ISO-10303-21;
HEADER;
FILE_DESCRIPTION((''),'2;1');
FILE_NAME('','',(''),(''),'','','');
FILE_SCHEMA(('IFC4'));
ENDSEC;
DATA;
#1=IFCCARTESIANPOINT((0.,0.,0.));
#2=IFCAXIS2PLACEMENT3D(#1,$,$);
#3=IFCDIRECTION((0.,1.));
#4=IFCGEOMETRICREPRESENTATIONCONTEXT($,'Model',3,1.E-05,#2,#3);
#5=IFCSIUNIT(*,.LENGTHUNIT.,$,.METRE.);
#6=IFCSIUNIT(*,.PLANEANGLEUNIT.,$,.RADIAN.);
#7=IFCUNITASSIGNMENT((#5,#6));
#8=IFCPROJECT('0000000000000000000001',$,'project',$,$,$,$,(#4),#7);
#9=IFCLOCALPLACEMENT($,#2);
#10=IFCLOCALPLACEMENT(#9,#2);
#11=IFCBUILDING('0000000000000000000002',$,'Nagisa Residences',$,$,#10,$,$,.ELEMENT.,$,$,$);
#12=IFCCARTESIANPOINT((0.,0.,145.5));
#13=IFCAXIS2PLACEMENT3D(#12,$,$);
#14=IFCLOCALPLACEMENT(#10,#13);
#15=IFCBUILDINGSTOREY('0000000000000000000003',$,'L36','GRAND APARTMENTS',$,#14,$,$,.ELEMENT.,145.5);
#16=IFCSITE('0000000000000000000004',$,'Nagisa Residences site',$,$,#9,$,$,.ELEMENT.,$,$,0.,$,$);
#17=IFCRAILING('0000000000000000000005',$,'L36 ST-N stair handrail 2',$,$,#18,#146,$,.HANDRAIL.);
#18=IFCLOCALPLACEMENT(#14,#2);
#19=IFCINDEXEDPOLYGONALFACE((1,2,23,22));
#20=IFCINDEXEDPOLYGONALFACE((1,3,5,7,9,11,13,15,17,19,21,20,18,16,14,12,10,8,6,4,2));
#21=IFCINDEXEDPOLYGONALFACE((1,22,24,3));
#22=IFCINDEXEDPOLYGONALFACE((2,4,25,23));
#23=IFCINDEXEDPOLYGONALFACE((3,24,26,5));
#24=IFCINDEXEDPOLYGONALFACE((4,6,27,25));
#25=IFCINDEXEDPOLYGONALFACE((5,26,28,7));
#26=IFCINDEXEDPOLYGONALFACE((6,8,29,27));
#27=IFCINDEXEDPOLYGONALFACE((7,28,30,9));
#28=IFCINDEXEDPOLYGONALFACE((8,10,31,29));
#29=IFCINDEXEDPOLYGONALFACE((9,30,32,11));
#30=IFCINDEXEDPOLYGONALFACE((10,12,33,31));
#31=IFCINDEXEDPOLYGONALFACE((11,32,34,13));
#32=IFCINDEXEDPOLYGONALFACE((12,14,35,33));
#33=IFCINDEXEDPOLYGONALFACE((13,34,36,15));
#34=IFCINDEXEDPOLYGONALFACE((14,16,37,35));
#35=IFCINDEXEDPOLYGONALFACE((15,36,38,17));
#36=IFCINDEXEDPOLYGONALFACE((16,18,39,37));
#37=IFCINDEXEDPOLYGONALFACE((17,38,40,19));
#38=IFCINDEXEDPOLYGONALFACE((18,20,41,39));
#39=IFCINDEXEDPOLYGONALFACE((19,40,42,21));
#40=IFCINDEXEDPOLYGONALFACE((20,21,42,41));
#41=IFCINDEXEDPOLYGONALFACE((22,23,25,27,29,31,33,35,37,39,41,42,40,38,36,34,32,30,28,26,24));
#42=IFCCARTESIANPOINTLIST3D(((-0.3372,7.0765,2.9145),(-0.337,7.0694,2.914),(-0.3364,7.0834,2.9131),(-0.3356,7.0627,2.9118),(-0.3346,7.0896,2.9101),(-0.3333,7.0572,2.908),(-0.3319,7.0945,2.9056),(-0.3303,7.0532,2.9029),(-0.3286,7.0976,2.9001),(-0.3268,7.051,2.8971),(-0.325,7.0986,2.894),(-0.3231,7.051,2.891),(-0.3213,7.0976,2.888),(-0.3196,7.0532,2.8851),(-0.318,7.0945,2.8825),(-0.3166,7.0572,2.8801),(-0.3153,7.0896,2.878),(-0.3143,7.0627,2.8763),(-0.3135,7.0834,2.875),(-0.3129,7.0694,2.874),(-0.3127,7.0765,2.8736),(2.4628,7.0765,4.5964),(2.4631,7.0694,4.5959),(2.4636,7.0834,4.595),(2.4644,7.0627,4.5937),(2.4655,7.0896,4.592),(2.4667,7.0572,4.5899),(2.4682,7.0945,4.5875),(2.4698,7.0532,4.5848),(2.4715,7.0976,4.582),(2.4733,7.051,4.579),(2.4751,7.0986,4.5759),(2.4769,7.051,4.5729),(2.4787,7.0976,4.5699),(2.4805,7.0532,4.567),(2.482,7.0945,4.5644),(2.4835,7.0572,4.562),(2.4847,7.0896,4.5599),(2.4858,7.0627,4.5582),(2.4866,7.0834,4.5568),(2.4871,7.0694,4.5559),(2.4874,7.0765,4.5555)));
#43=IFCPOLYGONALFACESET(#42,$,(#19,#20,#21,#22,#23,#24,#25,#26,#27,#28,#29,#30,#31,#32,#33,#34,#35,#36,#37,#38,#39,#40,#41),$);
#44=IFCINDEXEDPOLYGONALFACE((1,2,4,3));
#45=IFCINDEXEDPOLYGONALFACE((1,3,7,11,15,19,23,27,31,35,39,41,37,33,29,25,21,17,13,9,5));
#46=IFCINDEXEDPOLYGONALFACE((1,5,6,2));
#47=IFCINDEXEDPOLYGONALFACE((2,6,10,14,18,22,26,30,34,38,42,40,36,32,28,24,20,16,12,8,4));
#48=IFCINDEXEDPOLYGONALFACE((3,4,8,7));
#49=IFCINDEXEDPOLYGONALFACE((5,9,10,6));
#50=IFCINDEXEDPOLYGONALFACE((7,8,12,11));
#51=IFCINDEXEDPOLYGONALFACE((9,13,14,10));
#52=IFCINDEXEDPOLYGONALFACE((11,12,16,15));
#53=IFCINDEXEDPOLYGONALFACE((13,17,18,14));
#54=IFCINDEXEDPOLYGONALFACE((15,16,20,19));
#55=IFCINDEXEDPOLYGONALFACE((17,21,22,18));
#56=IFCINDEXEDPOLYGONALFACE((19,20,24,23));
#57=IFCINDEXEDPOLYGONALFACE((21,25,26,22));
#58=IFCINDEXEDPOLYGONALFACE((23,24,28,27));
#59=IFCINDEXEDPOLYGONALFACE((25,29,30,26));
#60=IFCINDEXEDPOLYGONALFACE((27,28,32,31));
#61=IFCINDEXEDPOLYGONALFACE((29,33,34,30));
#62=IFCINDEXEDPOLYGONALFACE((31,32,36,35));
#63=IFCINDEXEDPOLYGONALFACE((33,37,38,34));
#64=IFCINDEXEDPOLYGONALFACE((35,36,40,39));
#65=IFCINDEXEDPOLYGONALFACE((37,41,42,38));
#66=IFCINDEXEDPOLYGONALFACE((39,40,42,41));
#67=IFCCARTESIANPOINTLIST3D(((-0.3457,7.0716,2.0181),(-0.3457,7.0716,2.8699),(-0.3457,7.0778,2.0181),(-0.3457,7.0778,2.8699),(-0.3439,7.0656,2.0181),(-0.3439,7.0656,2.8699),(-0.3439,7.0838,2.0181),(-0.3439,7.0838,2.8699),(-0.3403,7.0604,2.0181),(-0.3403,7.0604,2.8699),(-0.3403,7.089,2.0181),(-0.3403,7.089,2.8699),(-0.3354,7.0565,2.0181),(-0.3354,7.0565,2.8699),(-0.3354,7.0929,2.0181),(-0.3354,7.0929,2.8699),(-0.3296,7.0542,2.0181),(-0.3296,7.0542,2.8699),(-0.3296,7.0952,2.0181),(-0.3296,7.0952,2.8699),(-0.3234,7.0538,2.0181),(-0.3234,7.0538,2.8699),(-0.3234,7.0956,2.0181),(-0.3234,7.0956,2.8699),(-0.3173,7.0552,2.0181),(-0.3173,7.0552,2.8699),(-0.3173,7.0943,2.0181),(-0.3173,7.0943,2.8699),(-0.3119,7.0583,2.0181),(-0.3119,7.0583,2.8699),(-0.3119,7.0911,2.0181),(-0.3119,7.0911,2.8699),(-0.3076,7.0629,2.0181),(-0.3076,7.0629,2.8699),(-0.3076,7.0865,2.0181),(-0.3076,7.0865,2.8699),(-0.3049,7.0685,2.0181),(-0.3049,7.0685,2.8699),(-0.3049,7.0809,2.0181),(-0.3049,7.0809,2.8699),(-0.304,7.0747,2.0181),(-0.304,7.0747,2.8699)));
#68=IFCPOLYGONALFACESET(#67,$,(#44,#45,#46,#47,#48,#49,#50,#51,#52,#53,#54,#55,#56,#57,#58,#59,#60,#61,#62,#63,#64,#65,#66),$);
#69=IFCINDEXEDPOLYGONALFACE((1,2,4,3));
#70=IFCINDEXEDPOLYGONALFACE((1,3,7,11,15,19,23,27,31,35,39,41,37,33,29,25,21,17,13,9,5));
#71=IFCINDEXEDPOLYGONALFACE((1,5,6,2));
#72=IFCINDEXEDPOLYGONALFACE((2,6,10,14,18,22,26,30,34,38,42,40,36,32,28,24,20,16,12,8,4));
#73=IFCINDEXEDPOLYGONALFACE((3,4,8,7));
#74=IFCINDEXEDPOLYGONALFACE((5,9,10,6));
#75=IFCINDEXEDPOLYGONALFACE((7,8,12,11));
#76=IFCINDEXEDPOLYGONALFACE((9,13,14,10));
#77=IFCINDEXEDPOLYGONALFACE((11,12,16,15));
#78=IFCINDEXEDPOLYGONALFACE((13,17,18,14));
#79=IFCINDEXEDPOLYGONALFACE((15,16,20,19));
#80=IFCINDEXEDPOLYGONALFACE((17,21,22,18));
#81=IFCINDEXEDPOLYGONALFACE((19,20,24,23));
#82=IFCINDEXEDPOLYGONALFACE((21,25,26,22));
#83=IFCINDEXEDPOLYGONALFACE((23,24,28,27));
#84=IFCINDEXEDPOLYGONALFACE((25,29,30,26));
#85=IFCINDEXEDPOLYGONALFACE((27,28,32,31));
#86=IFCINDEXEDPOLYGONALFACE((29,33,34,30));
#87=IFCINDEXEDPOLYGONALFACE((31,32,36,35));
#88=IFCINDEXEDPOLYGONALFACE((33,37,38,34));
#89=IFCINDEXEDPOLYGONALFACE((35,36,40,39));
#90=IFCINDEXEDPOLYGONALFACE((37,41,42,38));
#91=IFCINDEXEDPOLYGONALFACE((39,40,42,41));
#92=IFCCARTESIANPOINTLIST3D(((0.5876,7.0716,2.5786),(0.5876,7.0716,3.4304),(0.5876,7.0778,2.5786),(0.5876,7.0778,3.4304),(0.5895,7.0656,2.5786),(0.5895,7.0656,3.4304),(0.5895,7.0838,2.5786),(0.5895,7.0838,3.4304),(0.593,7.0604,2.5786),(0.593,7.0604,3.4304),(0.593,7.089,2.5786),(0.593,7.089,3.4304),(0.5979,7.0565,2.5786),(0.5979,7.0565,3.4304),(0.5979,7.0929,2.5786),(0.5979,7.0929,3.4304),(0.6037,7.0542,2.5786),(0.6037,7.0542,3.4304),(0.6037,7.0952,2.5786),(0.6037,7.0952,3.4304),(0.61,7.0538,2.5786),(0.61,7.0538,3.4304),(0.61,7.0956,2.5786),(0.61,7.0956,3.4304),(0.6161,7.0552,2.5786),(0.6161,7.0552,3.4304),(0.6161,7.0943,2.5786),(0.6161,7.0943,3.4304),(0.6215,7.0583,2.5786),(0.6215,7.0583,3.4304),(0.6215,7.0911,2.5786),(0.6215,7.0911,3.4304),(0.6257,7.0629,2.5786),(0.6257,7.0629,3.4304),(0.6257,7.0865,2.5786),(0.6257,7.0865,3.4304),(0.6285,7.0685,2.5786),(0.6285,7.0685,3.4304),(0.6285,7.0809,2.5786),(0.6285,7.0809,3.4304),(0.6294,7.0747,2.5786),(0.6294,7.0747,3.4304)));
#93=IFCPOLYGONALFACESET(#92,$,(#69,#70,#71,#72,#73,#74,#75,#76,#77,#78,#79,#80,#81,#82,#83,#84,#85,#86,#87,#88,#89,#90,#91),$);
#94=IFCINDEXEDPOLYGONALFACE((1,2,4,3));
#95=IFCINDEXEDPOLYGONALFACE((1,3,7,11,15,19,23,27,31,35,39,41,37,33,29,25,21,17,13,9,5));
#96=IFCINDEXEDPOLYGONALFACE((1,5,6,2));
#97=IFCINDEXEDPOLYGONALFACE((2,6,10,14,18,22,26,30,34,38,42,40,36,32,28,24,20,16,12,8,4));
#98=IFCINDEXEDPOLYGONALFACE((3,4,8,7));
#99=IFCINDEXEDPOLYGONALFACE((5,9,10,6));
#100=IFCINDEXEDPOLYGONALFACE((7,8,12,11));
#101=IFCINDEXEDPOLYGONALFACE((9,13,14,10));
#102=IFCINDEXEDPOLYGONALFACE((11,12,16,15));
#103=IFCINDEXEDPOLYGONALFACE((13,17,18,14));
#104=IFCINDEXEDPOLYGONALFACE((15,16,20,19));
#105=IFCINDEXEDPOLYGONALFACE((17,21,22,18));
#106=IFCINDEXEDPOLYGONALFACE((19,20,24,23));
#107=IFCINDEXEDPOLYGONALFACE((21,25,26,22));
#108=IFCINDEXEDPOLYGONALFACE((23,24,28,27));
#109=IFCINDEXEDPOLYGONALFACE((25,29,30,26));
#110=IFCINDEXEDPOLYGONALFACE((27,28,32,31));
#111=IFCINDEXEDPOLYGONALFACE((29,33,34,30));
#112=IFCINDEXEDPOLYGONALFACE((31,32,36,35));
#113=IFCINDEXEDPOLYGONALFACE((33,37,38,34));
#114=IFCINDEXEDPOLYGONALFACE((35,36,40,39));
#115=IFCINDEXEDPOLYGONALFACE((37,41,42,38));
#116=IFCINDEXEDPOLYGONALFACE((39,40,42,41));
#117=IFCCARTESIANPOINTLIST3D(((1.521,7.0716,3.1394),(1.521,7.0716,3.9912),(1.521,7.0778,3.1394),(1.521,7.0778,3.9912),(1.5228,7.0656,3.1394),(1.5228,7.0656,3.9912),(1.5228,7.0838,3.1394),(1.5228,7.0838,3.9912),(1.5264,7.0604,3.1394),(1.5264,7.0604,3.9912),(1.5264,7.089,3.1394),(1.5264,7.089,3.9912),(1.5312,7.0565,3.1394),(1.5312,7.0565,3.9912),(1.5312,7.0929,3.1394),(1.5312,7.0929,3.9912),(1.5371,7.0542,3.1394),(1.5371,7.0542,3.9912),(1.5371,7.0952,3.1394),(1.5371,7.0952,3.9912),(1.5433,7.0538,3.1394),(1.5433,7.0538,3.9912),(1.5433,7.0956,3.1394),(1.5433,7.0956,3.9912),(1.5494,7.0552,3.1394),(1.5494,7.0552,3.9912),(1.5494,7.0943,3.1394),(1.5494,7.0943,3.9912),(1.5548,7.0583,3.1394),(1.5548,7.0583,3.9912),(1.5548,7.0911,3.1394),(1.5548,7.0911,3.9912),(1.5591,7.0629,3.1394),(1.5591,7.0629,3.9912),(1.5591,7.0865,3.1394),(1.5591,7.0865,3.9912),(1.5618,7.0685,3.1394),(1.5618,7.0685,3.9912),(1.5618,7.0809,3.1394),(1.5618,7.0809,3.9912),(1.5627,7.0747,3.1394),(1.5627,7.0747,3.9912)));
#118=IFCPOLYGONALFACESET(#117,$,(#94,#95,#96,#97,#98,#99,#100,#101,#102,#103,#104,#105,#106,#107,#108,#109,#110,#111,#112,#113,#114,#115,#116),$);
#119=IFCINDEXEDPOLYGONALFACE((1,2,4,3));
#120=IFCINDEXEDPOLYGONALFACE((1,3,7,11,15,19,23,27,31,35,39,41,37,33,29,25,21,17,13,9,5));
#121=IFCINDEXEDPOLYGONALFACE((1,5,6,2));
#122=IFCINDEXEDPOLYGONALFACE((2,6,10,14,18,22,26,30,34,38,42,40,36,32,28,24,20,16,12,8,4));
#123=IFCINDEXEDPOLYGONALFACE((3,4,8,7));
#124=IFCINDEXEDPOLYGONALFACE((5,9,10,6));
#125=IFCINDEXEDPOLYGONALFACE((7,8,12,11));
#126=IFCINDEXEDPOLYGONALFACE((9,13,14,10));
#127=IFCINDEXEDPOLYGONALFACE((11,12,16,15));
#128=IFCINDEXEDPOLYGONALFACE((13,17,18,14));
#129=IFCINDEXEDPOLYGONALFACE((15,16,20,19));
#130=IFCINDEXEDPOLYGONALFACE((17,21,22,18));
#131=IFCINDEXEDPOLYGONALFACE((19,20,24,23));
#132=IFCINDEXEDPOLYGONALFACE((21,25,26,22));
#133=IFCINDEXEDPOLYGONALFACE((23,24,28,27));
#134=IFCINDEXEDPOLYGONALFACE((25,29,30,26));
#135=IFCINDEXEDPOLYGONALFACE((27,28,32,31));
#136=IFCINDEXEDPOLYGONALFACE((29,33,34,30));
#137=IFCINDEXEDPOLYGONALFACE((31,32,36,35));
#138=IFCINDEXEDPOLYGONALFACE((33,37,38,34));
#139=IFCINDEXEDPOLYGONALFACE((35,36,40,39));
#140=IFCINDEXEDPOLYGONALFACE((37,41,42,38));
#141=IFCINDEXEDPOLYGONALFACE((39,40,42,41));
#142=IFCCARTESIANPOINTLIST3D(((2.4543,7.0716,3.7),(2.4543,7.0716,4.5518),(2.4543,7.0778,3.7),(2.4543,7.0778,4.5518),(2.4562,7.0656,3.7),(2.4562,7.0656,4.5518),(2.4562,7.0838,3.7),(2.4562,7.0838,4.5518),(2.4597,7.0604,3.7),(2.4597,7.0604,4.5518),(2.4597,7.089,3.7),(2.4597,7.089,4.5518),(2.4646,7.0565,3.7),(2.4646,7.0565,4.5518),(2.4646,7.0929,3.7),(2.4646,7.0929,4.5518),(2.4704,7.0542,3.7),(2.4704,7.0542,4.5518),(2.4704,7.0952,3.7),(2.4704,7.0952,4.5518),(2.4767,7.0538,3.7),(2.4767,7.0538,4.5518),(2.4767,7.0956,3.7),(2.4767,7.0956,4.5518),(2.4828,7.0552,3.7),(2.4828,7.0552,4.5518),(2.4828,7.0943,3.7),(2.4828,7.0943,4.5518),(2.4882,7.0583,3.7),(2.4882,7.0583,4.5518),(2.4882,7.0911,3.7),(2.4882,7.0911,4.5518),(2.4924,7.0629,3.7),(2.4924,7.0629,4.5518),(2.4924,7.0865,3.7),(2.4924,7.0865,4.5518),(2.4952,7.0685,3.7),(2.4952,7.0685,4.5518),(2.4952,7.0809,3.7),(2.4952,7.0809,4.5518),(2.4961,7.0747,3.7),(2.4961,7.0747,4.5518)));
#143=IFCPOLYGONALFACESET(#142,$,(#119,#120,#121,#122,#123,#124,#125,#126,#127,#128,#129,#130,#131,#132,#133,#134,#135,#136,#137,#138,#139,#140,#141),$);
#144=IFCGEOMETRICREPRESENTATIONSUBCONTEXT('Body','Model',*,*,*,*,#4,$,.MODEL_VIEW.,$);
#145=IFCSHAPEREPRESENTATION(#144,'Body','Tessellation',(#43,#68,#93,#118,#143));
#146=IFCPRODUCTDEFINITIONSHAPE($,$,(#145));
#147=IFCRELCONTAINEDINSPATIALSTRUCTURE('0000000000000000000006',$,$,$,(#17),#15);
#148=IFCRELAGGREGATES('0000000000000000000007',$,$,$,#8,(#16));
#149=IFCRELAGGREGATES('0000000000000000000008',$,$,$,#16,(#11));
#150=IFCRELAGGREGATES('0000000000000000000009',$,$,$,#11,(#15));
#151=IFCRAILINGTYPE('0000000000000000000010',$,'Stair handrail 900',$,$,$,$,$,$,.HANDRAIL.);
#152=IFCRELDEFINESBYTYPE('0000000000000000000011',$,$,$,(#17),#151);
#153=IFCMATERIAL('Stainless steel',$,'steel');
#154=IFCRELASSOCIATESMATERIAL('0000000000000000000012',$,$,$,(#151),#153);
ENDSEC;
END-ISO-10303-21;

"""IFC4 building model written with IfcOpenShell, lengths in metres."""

from ifc_helpers import new_model, si_unit, direction, frame, origin, origin_2d, place, context, subcontext, project, spatial, circle, extrude, material, type_object, element, save


model = new_model("IFC4")

# Units and contexts
model_context = context("Model", 3, precision=1e-05, world=origin(), true_north=direction((0.0, 1.0)))
body_context = subcontext(model_context, "Body", "Model", "MODEL_VIEW")
ifc_project = project(units=[si_unit("LENGTHUNIT", "METRE"), si_unit("PLANEANGLEUNIT", "RADIAN")], contexts=[model_context])

# Site, building, storey
site_placement = place(None, origin())
site = spatial("IfcSite", under=ifc_project, at=site_placement, Name="Nagisa Residences site", CompositionType="ELEMENT", RefElevation=0.0)
building_placement = place(site_placement, origin())
building = spatial("IfcBuilding", under=site, at=building_placement, Name="Nagisa Residences", CompositionType="ELEMENT")
storey_placement = place(building_placement, frame((0.0, 0.0, 145.5)))
storey = spatial("IfcBuildingStorey", under=building, at=storey_placement, Name="L36", Description="GRAND APARTMENTS", CompositionType="ELEMENT", Elevation=145.5)

# Railing
ifc_material_1 = material(Name="Stainless steel", Category="steel")
railing_type = type_object("IfcRailingType", Name="Stair handrail 900", PredefinedType="HANDRAIL", material=ifc_material_1)
railing_placement = place(storey_placement, frame((-0.325, 7.0747, 2.0181)))
element("IfcRailing", 1, at=railing_placement, inside=storey, type_object=railing_type, Name="L36 ST-N stair handrail 2", PredefinedType="HANDRAIL", context=body_context, shape_type="SweptSolid", body=[
    extrude(circle(Radius=0.0239, at=origin_2d()), frame((0.0, 0.0, 0.876), z_axis=(0.857242, 0.0, 0.514913), x_axis=(0.0, 1.0, 0.0)), (0.0, 0.0, 1.0), 3.2664),
    extrude(circle(Radius=0.021, at=origin_2d()), origin(), (0.0, 0.0, 1.0), 0.8518),
    extrude(circle(Radius=0.021, at=origin_2d()), frame((0.9333, 0.0, 0.5605)), (0.0, 0.0, 1.0), 0.8518),
    extrude(circle(Radius=0.021, at=origin_2d()), frame((1.8667, 0.0, 1.1213)), (0.0, 0.0, 1.0), 0.8518),
    extrude(circle(Radius=0.021, at=origin_2d()), frame((2.8, 0.0, 1.6819)), (0.0, 0.0, 1.0), 0.8518),
])

save(model, "model.ifc")
